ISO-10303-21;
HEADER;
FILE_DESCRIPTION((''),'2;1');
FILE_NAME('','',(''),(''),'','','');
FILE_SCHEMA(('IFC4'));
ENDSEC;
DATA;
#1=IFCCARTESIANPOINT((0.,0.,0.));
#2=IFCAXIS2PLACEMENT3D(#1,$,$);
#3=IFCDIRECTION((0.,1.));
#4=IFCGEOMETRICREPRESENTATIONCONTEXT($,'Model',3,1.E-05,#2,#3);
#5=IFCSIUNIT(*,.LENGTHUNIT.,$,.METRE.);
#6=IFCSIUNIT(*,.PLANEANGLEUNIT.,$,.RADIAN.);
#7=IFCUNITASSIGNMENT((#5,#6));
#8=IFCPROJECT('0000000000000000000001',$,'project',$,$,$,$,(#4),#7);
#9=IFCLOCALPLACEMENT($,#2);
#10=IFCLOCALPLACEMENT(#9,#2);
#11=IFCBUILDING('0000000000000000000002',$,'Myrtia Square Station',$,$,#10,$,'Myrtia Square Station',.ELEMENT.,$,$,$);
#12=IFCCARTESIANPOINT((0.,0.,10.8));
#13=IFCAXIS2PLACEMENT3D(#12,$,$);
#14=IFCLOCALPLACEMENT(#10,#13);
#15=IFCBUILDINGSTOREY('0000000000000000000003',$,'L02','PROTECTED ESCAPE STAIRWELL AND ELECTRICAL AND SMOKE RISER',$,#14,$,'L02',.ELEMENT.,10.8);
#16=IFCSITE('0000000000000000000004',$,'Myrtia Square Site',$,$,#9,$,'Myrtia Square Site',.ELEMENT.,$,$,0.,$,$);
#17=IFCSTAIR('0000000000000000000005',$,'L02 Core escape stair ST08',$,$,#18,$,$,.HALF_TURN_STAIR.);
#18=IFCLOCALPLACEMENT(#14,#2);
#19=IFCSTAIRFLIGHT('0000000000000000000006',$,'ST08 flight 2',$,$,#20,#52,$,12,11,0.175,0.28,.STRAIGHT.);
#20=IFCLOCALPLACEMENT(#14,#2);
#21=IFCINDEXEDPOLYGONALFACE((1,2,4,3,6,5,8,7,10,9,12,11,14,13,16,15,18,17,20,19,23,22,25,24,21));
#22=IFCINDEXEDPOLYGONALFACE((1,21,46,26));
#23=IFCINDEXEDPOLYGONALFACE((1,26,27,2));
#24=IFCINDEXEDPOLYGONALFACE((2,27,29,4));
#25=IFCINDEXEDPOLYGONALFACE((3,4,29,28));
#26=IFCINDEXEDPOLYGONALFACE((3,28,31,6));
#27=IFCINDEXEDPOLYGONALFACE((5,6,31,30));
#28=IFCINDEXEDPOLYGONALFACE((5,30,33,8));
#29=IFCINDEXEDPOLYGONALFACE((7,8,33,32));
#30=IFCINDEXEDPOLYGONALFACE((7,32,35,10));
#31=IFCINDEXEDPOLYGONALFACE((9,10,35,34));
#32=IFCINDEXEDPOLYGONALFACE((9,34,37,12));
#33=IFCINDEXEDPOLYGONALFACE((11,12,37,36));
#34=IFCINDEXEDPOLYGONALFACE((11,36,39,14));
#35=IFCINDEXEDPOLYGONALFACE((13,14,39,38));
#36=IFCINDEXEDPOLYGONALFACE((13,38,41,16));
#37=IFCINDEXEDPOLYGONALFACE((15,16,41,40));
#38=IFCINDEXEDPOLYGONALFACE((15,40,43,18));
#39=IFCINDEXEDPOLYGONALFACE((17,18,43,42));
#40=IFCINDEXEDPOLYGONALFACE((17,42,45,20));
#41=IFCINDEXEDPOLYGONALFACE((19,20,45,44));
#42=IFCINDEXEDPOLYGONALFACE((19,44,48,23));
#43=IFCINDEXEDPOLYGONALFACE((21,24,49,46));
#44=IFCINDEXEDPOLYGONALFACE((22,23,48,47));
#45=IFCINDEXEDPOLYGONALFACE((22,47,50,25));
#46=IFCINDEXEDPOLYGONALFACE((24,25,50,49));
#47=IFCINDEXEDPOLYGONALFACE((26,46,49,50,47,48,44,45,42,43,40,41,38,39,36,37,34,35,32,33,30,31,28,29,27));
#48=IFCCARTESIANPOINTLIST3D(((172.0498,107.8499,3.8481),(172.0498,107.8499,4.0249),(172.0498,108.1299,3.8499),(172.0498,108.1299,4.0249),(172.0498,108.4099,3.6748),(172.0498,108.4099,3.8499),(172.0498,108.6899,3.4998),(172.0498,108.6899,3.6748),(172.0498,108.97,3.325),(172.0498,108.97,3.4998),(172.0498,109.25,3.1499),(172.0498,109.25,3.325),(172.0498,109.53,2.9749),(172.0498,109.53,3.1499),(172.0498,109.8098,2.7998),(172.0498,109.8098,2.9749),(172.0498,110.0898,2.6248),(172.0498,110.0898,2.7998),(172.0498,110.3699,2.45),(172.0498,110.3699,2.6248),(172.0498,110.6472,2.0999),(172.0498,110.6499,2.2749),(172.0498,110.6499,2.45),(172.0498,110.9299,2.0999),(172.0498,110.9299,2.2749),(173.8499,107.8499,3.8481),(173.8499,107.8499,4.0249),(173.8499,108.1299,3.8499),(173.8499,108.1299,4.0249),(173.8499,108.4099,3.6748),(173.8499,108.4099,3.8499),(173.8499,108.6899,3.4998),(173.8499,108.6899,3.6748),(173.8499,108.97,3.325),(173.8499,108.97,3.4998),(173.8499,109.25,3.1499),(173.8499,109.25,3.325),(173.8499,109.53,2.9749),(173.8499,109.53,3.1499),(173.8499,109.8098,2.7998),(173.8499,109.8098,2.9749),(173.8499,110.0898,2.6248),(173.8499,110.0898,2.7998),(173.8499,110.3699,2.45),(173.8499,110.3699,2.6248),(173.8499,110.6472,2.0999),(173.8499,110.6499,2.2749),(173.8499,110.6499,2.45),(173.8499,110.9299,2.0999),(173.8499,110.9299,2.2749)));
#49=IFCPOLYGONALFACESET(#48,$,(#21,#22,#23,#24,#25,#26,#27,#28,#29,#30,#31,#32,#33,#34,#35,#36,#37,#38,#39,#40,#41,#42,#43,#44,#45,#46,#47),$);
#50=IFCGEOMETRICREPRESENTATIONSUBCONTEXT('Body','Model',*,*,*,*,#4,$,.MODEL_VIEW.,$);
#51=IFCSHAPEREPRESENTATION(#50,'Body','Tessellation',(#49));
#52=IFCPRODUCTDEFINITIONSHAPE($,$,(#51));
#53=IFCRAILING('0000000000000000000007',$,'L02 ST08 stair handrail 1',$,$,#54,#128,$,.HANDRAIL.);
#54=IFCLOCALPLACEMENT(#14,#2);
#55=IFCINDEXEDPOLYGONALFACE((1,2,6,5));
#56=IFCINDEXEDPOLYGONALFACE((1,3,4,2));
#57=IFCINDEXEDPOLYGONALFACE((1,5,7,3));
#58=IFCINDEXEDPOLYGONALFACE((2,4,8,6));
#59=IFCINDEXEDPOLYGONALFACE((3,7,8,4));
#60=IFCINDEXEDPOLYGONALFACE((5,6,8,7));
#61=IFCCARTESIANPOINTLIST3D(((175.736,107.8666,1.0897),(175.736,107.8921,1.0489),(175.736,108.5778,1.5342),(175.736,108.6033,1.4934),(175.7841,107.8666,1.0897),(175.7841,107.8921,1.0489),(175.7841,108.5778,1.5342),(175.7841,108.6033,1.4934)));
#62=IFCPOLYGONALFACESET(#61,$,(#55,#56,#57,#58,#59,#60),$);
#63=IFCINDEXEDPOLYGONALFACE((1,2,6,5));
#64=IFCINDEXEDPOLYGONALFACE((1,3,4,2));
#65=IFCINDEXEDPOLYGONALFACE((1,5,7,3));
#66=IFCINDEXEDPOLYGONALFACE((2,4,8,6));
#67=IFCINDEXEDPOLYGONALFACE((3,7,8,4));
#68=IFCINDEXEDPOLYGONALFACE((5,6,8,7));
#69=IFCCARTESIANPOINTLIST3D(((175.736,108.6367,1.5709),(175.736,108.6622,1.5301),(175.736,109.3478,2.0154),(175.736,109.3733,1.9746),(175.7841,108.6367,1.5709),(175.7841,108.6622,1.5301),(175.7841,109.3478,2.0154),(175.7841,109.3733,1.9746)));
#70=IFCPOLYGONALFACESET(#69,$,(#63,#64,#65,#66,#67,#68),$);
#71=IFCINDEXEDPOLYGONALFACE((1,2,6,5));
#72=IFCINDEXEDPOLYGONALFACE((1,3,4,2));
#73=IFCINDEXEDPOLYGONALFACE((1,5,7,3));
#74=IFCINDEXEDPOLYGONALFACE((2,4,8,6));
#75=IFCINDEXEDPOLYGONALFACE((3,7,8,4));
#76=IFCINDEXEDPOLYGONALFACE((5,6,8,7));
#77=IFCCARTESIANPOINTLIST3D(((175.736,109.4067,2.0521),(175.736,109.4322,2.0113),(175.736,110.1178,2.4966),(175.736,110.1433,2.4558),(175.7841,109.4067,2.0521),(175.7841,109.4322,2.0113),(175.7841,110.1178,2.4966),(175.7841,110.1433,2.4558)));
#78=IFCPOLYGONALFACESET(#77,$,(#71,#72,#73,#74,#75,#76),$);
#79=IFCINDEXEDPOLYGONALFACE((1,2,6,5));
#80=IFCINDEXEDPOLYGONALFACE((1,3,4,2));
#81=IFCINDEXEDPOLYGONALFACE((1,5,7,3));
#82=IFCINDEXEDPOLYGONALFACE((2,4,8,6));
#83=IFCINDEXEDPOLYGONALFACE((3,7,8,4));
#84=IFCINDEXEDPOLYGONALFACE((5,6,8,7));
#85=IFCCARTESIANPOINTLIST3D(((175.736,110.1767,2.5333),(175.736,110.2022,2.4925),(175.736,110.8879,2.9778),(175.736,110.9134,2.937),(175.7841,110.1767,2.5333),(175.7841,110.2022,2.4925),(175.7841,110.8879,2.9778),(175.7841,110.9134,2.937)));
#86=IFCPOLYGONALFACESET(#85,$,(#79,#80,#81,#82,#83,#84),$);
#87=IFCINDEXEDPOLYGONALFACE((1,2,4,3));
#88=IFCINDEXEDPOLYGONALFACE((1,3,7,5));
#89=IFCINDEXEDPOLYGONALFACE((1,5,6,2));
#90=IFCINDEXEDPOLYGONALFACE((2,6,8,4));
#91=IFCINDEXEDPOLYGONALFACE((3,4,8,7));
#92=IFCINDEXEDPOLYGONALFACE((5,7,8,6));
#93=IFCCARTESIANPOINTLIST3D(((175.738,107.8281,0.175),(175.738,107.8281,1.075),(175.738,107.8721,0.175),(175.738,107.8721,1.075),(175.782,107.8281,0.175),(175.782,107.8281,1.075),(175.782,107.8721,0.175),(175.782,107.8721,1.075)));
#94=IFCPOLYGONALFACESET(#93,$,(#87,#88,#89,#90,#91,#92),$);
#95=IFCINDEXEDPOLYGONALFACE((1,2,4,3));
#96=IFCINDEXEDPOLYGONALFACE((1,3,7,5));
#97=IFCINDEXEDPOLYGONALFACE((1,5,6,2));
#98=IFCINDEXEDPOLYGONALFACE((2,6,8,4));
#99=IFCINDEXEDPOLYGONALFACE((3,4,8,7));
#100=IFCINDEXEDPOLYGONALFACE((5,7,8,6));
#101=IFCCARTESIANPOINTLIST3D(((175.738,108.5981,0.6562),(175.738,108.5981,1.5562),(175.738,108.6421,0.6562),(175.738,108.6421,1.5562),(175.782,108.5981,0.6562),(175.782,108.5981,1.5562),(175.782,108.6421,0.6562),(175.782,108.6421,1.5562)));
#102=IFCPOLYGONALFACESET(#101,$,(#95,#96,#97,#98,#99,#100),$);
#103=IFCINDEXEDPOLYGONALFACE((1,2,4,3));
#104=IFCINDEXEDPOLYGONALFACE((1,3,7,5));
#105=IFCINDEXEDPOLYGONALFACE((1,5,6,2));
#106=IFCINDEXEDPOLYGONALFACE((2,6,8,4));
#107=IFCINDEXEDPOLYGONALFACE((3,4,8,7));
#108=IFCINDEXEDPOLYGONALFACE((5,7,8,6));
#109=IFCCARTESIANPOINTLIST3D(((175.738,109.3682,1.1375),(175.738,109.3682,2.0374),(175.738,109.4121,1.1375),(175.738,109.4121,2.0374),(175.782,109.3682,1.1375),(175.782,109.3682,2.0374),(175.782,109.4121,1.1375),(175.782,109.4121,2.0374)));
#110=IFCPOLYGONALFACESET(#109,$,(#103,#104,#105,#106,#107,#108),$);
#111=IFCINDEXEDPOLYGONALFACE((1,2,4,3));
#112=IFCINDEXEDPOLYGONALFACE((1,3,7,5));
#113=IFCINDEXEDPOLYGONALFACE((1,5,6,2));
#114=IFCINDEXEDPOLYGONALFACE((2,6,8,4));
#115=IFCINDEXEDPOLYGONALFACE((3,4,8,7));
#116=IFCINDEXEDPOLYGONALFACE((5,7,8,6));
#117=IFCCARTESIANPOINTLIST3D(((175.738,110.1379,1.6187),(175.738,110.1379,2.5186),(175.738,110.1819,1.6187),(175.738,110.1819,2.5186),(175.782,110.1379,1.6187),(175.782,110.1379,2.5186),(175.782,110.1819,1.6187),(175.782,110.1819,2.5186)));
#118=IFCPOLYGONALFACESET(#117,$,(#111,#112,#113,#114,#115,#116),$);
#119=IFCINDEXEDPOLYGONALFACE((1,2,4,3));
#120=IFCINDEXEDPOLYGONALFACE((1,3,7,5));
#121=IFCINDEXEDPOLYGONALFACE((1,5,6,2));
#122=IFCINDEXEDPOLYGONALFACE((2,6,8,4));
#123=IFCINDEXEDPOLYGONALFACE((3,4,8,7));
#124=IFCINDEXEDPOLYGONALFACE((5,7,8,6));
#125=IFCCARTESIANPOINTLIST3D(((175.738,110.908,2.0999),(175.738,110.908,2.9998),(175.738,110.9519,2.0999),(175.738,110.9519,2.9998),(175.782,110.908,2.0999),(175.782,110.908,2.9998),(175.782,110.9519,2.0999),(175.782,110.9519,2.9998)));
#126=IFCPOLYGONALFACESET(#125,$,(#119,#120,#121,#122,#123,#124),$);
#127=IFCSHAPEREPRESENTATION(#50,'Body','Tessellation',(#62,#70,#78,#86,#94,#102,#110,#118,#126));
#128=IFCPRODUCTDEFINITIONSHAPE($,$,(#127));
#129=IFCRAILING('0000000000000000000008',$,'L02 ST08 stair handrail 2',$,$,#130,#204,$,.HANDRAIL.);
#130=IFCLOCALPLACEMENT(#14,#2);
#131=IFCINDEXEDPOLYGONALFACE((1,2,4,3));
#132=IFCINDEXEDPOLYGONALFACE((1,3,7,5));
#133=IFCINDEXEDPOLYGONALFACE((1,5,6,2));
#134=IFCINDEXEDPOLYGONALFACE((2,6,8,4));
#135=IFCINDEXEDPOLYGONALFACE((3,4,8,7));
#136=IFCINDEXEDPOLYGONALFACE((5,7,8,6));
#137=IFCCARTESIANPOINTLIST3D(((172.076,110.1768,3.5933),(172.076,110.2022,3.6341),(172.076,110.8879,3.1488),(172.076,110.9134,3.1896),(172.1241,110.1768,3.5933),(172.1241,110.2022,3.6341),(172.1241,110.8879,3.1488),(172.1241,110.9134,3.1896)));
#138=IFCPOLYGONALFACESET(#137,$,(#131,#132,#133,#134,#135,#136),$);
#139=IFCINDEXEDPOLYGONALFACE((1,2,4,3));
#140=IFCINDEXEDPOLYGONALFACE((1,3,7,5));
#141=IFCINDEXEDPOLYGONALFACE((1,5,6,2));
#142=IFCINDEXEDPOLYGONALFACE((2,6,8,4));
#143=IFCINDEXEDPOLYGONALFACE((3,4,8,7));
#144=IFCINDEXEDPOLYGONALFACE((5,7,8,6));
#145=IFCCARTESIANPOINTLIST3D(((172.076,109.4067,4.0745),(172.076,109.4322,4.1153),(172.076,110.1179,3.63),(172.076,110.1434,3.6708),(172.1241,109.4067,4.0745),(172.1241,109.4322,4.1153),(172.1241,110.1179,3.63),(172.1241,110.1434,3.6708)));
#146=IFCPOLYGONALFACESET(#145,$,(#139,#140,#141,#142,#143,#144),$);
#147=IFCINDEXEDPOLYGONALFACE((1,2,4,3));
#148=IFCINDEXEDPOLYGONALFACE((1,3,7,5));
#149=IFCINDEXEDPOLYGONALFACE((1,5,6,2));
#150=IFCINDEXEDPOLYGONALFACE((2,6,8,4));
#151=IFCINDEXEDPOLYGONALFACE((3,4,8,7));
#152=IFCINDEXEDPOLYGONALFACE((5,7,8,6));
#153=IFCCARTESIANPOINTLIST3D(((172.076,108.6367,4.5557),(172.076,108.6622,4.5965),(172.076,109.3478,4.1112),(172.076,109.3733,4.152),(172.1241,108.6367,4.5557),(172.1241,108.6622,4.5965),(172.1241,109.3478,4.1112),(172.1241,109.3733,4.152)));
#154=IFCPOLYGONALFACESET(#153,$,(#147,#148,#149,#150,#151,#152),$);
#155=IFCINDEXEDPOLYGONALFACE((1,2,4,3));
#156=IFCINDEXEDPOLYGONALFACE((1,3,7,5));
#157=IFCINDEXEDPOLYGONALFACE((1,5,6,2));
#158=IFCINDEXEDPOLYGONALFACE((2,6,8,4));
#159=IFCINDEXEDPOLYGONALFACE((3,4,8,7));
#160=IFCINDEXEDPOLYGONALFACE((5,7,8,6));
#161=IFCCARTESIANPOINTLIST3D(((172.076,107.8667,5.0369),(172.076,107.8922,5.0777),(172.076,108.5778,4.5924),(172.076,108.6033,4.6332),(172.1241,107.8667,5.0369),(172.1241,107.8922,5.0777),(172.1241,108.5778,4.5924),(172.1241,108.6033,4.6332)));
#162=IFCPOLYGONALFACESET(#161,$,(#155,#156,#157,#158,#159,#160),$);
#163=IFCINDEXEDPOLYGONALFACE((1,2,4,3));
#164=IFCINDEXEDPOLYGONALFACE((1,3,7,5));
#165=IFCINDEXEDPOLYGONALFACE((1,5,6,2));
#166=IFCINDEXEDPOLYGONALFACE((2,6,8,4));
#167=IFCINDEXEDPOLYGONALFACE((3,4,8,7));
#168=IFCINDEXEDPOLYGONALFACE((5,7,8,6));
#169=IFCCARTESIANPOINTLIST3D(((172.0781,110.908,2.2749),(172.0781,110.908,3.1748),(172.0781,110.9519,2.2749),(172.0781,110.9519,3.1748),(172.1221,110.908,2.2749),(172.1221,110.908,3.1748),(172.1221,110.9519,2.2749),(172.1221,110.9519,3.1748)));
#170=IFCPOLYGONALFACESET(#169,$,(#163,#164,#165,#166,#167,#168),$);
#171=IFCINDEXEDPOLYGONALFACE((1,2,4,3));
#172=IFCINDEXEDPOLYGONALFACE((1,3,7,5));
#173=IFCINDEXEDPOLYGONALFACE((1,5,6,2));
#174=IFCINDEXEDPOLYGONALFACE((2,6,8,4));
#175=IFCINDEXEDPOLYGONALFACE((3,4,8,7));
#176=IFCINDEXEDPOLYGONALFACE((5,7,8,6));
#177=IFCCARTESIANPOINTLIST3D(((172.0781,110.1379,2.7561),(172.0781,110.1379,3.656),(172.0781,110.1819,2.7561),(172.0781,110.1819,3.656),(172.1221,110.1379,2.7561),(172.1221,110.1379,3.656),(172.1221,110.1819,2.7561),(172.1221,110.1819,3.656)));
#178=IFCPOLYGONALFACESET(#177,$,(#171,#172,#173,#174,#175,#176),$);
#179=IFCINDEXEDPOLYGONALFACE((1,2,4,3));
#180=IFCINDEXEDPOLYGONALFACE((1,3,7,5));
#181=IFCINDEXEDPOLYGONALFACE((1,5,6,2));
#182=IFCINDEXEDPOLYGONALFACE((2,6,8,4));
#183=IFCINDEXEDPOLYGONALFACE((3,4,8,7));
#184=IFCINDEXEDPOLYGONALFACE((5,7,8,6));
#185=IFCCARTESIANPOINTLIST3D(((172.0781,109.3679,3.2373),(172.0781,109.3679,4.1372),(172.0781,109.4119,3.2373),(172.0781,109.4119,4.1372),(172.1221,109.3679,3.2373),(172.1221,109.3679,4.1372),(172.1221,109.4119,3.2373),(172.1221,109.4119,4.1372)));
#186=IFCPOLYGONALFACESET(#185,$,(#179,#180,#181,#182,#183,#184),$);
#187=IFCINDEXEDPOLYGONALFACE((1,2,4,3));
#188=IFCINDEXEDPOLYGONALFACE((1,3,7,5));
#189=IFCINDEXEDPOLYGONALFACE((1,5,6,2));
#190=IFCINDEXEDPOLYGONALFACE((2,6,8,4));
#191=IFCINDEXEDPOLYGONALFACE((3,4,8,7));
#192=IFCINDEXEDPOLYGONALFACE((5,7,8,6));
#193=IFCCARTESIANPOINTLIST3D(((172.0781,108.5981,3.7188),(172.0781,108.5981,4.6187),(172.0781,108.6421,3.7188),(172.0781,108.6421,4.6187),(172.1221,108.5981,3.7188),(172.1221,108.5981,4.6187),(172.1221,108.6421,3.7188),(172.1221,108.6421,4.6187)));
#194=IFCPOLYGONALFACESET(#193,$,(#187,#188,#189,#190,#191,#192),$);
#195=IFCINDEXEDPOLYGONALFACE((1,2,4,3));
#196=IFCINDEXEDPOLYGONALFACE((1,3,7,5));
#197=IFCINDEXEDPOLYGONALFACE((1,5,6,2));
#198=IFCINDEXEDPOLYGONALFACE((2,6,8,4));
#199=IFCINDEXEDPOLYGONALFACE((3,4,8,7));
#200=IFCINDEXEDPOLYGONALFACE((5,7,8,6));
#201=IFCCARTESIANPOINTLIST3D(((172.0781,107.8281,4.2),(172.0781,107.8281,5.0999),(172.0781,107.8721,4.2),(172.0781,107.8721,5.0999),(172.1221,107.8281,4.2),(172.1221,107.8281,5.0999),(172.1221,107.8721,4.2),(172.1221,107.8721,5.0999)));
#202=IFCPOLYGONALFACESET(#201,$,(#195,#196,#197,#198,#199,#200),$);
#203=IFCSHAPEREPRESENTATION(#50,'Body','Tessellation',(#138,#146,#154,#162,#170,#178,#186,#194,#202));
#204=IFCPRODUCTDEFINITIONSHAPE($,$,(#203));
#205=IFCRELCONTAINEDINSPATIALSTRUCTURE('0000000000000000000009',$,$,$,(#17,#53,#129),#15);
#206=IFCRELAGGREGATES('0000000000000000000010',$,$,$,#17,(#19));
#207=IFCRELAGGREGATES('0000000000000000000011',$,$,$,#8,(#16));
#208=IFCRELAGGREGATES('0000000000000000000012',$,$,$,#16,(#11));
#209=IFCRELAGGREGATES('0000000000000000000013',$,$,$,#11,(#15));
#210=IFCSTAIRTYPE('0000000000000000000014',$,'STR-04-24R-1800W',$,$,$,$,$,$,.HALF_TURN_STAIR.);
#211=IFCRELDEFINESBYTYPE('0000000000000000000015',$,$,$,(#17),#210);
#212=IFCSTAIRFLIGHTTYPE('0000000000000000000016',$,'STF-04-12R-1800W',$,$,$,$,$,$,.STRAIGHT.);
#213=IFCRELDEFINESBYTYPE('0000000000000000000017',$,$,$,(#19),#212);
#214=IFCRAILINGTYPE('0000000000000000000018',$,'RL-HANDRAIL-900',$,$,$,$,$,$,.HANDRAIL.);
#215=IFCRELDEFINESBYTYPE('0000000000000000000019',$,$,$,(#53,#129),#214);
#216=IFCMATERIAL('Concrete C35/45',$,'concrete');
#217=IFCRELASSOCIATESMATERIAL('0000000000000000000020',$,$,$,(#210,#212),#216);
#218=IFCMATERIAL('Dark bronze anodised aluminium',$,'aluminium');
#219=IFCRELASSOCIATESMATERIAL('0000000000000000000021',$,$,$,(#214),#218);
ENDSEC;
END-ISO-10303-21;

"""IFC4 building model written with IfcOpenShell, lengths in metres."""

from ifc_helpers import new_model, si_unit, direction, frame, origin, origin_2d, place, context, subcontext, project, spatial, polyline, rectangle, outline, extrude, material, type_object, element, aggregate, save


model = new_model("IFC4")

# Units and contexts
model_context = context("Model", 3, precision=1e-05, world=origin(), true_north=direction((0.0, 1.0)))
body_context = subcontext(model_context, "Body", "Model", "MODEL_VIEW")
ifc_project = project(units=[si_unit("LENGTHUNIT", "METRE"), si_unit("PLANEANGLEUNIT", "RADIAN")], contexts=[model_context])

# Site, building, storey
site_placement = place(None, origin())
site = spatial("IfcSite", under=ifc_project, at=site_placement, Name="Myrtia Square Site", LongName="Myrtia Square Site", CompositionType="ELEMENT", RefElevation=0.0)
building_placement = place(site_placement, origin())
building = spatial("IfcBuilding", under=site, at=building_placement, Name="Myrtia Square Station", LongName="Myrtia Square Station", CompositionType="ELEMENT")
storey_placement = place(building_placement, frame((0.0, 0.0, 10.8)))
storey = spatial("IfcBuildingStorey", under=building, at=storey_placement, Name="L02", Description="PROTECTED ESCAPE STAIRWELL AND ELECTRICAL AND SMOKE RISER", LongName="L02", CompositionType="ELEMENT", Elevation=10.8)

# Shared definitions
ifc_material_1 = material(Name="Concrete C35/45", Category="concrete")

# Shared definitions
ifc_material_2 = material(Name="Dark bronze anodised aluminium", Category="aluminium")

# Stair, stair flight
stair_type = type_object("IfcStairType", Name="STR-04-24R-1800W", PredefinedType="HALF_TURN_STAIR", material=ifc_material_1)
stair_placement = place(storey_placement, origin())
stair = element("IfcStair", 1, at=stair_placement, inside=storey, type_object=stair_type, Name="L02 Core escape stair ST08", PredefinedType="HALF_TURN_STAIR")
stair_flight_type = type_object("IfcStairFlightType", Name="STF-04-12R-1800W", PredefinedType="STRAIGHT", material=ifc_material_1)
stair_flight_1_placement = place(storey_placement, frame((172.95, 110.9299, 2.0999), z_axis=(0.0, 0.0, 1.0), x_axis=(0.0, -1.0, 0.0)))
stair_flight_1 = element("IfcStairFlight", 2, at=stair_flight_1_placement, type_object=stair_flight_type, Name="ST08 flight 2", NumberOfRisers=12, NumberOfTreads=11, PredefinedType="STRAIGHT", RiserHeight=0.175, TreadLength=0.28, context=body_context, shape_type="SweptSolid", body=[
    extrude(outline(polyline([(0.0, 0.0), (0.0, 0.175), (0.28, 0.175), (0.28, 0.3501), (0.5601, 0.3501), (0.5601, 0.5249), (0.8401, 0.5249), (0.8401, 0.7), (1.1201, 0.7), (1.1201, 0.875), (1.3999, 0.875), (1.3999, 1.05), (1.6799, 1.05), (1.6799, 1.2251), (1.96, 1.2251), (1.96, 1.3999), (2.24, 1.3999), (2.24, 1.575), (2.52, 1.575), (2.52, 1.75), (2.8, 1.75), (2.8, 1.925), (3.0801, 1.925), (3.0801, 2.1001), (3.0801, 1.7483), (0.2827, 0.0), (0.0, 0.0)])), frame((0.0, 0.8999, 0.0), z_axis=(0.0, -1.0, 0.0), x_axis=(1.0, 0.0, 0.0)), (0.0, 0.0, 1.0), 1.8),
])
aggregate(stair, [stair_flight_1])

# Railings
railing_type_1 = type_object("IfcRailingType", Name="RL-HANDRAIL-900", PredefinedType="HANDRAIL", material=ifc_material_2)
railing_1_placement = place(storey_placement, frame((175.76, 107.8501, 0.175)))
element("IfcRailing", 3, at=railing_1_placement, inside=storey, type_object=railing_type_1, Name="L02 ST08 stair handrail 1", PredefinedType="HANDRAIL", context=body_context, shape_type="SweptSolid", body=[
    extrude(rectangle(XDim=0.0481, YDim=0.0481, at=origin_2d()), frame((0.0, 0.0293, 0.8943), z_axis=(0.0, 0.84801, 0.529981), x_axis=(-1.0, 0.0, 0.0)), (0.0, 0.0, 1.0), 0.8386),
    extrude(rectangle(XDim=0.0481, YDim=0.0481, at=origin_2d()), frame((0.0, 0.7993, 1.3755), z_axis=(0.0, 0.84801, 0.529981), x_axis=(-1.0, 0.0, 0.0)), (0.0, 0.0, 1.0), 0.8386),
    extrude(rectangle(XDim=0.0481, YDim=0.0481, at=origin_2d()), frame((0.0, 1.5693, 1.8567), z_axis=(0.0, 0.84801, 0.529981), x_axis=(-1.0, 0.0, 0.0)), (0.0, 0.0, 1.0), 0.8386),
    extrude(rectangle(XDim=0.0481, YDim=0.0481, at=origin_2d()), frame((0.0, 2.3394, 2.3379), z_axis=(0.0, 0.84801, 0.529981), x_axis=(-1.0, 0.0, 0.0)), (0.0, 0.0, 1.0), 0.8386),
    extrude(rectangle(XDim=0.0439, YDim=0.0439, at=origin_2d()), origin(), (0.0, 0.0, 1.0), 0.8999),
    extrude(rectangle(XDim=0.0439, YDim=0.0439, at=origin_2d()), frame((0.0, 0.77, 0.4812)), (0.0, 0.0, 1.0), 0.8999),
    extrude(rectangle(XDim=0.0439, YDim=0.0439, at=origin_2d()), frame((0.0, 1.54, 0.9624)), (0.0, 0.0, 1.0), 0.8999),
    extrude(rectangle(XDim=0.0439, YDim=0.0439, at=origin_2d()), frame((0.0, 2.3098, 1.4436)), (0.0, 0.0, 1.0), 0.8999),
    extrude(rectangle(XDim=0.0439, YDim=0.0439, at=origin_2d()), frame((0.0, 3.0798, 1.9248)), (0.0, 0.0, 1.0), 0.8999),
])
railing_2_placement = place(storey_placement, frame((172.1001, 110.9299, 2.2749)))
element("IfcRailing", 4, at=railing_2_placement, inside=storey, type_object=railing_type_1, Name="L02 ST08 stair handrail 2", PredefinedType="HANDRAIL", context=body_context, shape_type="SweptSolid", body=[
    extrude(rectangle(XDim=0.0481, YDim=0.0481, at=origin_2d()), frame((0.0, -0.0293, 0.8943), z_axis=(0.0, -0.847979, 0.530029), x_axis=(1.0, 0.0, 0.0)), (0.0, 0.0, 1.0), 0.8386),
    extrude(rectangle(XDim=0.0481, YDim=0.0481, at=origin_2d()), frame((0.0, -0.7993, 1.3755), z_axis=(0.0, -0.847979, 0.530029), x_axis=(1.0, 0.0, 0.0)), (0.0, 0.0, 1.0), 0.8386),
    extrude(rectangle(XDim=0.0481, YDim=0.0481, at=origin_2d()), frame((0.0, -1.5693, 1.8567), z_axis=(0.0, -0.847979, 0.530029), x_axis=(1.0, 0.0, 0.0)), (0.0, 0.0, 1.0), 0.8386),
    extrude(rectangle(XDim=0.0481, YDim=0.0481, at=origin_2d()), frame((0.0, -2.3394, 2.3379), z_axis=(0.0, -0.847979, 0.530029), x_axis=(1.0, 0.0, 0.0)), (0.0, 0.0, 1.0), 0.8386),
    extrude(rectangle(XDim=0.0439, YDim=0.0439, at=origin_2d()), origin(), (0.0, 0.0, 1.0), 0.8999),
    extrude(rectangle(XDim=0.0439, YDim=0.0439, at=origin_2d()), frame((0.0, -0.77, 0.4812)), (0.0, 0.0, 1.0), 0.8999),
    extrude(rectangle(XDim=0.0439, YDim=0.0439, at=origin_2d()), frame((0.0, -1.54, 0.9624)), (0.0, 0.0, 1.0), 0.8999),
    extrude(rectangle(XDim=0.0439, YDim=0.0439, at=origin_2d()), frame((0.0, -2.3098, 1.4438)), (0.0, 0.0, 1.0), 0.8999),
    extrude(rectangle(XDim=0.0439, YDim=0.0439, at=origin_2d()), frame((0.0, -3.0798, 1.925)), (0.0, 0.0, 1.0), 0.8999),
])

save(model, "model.ifc")
